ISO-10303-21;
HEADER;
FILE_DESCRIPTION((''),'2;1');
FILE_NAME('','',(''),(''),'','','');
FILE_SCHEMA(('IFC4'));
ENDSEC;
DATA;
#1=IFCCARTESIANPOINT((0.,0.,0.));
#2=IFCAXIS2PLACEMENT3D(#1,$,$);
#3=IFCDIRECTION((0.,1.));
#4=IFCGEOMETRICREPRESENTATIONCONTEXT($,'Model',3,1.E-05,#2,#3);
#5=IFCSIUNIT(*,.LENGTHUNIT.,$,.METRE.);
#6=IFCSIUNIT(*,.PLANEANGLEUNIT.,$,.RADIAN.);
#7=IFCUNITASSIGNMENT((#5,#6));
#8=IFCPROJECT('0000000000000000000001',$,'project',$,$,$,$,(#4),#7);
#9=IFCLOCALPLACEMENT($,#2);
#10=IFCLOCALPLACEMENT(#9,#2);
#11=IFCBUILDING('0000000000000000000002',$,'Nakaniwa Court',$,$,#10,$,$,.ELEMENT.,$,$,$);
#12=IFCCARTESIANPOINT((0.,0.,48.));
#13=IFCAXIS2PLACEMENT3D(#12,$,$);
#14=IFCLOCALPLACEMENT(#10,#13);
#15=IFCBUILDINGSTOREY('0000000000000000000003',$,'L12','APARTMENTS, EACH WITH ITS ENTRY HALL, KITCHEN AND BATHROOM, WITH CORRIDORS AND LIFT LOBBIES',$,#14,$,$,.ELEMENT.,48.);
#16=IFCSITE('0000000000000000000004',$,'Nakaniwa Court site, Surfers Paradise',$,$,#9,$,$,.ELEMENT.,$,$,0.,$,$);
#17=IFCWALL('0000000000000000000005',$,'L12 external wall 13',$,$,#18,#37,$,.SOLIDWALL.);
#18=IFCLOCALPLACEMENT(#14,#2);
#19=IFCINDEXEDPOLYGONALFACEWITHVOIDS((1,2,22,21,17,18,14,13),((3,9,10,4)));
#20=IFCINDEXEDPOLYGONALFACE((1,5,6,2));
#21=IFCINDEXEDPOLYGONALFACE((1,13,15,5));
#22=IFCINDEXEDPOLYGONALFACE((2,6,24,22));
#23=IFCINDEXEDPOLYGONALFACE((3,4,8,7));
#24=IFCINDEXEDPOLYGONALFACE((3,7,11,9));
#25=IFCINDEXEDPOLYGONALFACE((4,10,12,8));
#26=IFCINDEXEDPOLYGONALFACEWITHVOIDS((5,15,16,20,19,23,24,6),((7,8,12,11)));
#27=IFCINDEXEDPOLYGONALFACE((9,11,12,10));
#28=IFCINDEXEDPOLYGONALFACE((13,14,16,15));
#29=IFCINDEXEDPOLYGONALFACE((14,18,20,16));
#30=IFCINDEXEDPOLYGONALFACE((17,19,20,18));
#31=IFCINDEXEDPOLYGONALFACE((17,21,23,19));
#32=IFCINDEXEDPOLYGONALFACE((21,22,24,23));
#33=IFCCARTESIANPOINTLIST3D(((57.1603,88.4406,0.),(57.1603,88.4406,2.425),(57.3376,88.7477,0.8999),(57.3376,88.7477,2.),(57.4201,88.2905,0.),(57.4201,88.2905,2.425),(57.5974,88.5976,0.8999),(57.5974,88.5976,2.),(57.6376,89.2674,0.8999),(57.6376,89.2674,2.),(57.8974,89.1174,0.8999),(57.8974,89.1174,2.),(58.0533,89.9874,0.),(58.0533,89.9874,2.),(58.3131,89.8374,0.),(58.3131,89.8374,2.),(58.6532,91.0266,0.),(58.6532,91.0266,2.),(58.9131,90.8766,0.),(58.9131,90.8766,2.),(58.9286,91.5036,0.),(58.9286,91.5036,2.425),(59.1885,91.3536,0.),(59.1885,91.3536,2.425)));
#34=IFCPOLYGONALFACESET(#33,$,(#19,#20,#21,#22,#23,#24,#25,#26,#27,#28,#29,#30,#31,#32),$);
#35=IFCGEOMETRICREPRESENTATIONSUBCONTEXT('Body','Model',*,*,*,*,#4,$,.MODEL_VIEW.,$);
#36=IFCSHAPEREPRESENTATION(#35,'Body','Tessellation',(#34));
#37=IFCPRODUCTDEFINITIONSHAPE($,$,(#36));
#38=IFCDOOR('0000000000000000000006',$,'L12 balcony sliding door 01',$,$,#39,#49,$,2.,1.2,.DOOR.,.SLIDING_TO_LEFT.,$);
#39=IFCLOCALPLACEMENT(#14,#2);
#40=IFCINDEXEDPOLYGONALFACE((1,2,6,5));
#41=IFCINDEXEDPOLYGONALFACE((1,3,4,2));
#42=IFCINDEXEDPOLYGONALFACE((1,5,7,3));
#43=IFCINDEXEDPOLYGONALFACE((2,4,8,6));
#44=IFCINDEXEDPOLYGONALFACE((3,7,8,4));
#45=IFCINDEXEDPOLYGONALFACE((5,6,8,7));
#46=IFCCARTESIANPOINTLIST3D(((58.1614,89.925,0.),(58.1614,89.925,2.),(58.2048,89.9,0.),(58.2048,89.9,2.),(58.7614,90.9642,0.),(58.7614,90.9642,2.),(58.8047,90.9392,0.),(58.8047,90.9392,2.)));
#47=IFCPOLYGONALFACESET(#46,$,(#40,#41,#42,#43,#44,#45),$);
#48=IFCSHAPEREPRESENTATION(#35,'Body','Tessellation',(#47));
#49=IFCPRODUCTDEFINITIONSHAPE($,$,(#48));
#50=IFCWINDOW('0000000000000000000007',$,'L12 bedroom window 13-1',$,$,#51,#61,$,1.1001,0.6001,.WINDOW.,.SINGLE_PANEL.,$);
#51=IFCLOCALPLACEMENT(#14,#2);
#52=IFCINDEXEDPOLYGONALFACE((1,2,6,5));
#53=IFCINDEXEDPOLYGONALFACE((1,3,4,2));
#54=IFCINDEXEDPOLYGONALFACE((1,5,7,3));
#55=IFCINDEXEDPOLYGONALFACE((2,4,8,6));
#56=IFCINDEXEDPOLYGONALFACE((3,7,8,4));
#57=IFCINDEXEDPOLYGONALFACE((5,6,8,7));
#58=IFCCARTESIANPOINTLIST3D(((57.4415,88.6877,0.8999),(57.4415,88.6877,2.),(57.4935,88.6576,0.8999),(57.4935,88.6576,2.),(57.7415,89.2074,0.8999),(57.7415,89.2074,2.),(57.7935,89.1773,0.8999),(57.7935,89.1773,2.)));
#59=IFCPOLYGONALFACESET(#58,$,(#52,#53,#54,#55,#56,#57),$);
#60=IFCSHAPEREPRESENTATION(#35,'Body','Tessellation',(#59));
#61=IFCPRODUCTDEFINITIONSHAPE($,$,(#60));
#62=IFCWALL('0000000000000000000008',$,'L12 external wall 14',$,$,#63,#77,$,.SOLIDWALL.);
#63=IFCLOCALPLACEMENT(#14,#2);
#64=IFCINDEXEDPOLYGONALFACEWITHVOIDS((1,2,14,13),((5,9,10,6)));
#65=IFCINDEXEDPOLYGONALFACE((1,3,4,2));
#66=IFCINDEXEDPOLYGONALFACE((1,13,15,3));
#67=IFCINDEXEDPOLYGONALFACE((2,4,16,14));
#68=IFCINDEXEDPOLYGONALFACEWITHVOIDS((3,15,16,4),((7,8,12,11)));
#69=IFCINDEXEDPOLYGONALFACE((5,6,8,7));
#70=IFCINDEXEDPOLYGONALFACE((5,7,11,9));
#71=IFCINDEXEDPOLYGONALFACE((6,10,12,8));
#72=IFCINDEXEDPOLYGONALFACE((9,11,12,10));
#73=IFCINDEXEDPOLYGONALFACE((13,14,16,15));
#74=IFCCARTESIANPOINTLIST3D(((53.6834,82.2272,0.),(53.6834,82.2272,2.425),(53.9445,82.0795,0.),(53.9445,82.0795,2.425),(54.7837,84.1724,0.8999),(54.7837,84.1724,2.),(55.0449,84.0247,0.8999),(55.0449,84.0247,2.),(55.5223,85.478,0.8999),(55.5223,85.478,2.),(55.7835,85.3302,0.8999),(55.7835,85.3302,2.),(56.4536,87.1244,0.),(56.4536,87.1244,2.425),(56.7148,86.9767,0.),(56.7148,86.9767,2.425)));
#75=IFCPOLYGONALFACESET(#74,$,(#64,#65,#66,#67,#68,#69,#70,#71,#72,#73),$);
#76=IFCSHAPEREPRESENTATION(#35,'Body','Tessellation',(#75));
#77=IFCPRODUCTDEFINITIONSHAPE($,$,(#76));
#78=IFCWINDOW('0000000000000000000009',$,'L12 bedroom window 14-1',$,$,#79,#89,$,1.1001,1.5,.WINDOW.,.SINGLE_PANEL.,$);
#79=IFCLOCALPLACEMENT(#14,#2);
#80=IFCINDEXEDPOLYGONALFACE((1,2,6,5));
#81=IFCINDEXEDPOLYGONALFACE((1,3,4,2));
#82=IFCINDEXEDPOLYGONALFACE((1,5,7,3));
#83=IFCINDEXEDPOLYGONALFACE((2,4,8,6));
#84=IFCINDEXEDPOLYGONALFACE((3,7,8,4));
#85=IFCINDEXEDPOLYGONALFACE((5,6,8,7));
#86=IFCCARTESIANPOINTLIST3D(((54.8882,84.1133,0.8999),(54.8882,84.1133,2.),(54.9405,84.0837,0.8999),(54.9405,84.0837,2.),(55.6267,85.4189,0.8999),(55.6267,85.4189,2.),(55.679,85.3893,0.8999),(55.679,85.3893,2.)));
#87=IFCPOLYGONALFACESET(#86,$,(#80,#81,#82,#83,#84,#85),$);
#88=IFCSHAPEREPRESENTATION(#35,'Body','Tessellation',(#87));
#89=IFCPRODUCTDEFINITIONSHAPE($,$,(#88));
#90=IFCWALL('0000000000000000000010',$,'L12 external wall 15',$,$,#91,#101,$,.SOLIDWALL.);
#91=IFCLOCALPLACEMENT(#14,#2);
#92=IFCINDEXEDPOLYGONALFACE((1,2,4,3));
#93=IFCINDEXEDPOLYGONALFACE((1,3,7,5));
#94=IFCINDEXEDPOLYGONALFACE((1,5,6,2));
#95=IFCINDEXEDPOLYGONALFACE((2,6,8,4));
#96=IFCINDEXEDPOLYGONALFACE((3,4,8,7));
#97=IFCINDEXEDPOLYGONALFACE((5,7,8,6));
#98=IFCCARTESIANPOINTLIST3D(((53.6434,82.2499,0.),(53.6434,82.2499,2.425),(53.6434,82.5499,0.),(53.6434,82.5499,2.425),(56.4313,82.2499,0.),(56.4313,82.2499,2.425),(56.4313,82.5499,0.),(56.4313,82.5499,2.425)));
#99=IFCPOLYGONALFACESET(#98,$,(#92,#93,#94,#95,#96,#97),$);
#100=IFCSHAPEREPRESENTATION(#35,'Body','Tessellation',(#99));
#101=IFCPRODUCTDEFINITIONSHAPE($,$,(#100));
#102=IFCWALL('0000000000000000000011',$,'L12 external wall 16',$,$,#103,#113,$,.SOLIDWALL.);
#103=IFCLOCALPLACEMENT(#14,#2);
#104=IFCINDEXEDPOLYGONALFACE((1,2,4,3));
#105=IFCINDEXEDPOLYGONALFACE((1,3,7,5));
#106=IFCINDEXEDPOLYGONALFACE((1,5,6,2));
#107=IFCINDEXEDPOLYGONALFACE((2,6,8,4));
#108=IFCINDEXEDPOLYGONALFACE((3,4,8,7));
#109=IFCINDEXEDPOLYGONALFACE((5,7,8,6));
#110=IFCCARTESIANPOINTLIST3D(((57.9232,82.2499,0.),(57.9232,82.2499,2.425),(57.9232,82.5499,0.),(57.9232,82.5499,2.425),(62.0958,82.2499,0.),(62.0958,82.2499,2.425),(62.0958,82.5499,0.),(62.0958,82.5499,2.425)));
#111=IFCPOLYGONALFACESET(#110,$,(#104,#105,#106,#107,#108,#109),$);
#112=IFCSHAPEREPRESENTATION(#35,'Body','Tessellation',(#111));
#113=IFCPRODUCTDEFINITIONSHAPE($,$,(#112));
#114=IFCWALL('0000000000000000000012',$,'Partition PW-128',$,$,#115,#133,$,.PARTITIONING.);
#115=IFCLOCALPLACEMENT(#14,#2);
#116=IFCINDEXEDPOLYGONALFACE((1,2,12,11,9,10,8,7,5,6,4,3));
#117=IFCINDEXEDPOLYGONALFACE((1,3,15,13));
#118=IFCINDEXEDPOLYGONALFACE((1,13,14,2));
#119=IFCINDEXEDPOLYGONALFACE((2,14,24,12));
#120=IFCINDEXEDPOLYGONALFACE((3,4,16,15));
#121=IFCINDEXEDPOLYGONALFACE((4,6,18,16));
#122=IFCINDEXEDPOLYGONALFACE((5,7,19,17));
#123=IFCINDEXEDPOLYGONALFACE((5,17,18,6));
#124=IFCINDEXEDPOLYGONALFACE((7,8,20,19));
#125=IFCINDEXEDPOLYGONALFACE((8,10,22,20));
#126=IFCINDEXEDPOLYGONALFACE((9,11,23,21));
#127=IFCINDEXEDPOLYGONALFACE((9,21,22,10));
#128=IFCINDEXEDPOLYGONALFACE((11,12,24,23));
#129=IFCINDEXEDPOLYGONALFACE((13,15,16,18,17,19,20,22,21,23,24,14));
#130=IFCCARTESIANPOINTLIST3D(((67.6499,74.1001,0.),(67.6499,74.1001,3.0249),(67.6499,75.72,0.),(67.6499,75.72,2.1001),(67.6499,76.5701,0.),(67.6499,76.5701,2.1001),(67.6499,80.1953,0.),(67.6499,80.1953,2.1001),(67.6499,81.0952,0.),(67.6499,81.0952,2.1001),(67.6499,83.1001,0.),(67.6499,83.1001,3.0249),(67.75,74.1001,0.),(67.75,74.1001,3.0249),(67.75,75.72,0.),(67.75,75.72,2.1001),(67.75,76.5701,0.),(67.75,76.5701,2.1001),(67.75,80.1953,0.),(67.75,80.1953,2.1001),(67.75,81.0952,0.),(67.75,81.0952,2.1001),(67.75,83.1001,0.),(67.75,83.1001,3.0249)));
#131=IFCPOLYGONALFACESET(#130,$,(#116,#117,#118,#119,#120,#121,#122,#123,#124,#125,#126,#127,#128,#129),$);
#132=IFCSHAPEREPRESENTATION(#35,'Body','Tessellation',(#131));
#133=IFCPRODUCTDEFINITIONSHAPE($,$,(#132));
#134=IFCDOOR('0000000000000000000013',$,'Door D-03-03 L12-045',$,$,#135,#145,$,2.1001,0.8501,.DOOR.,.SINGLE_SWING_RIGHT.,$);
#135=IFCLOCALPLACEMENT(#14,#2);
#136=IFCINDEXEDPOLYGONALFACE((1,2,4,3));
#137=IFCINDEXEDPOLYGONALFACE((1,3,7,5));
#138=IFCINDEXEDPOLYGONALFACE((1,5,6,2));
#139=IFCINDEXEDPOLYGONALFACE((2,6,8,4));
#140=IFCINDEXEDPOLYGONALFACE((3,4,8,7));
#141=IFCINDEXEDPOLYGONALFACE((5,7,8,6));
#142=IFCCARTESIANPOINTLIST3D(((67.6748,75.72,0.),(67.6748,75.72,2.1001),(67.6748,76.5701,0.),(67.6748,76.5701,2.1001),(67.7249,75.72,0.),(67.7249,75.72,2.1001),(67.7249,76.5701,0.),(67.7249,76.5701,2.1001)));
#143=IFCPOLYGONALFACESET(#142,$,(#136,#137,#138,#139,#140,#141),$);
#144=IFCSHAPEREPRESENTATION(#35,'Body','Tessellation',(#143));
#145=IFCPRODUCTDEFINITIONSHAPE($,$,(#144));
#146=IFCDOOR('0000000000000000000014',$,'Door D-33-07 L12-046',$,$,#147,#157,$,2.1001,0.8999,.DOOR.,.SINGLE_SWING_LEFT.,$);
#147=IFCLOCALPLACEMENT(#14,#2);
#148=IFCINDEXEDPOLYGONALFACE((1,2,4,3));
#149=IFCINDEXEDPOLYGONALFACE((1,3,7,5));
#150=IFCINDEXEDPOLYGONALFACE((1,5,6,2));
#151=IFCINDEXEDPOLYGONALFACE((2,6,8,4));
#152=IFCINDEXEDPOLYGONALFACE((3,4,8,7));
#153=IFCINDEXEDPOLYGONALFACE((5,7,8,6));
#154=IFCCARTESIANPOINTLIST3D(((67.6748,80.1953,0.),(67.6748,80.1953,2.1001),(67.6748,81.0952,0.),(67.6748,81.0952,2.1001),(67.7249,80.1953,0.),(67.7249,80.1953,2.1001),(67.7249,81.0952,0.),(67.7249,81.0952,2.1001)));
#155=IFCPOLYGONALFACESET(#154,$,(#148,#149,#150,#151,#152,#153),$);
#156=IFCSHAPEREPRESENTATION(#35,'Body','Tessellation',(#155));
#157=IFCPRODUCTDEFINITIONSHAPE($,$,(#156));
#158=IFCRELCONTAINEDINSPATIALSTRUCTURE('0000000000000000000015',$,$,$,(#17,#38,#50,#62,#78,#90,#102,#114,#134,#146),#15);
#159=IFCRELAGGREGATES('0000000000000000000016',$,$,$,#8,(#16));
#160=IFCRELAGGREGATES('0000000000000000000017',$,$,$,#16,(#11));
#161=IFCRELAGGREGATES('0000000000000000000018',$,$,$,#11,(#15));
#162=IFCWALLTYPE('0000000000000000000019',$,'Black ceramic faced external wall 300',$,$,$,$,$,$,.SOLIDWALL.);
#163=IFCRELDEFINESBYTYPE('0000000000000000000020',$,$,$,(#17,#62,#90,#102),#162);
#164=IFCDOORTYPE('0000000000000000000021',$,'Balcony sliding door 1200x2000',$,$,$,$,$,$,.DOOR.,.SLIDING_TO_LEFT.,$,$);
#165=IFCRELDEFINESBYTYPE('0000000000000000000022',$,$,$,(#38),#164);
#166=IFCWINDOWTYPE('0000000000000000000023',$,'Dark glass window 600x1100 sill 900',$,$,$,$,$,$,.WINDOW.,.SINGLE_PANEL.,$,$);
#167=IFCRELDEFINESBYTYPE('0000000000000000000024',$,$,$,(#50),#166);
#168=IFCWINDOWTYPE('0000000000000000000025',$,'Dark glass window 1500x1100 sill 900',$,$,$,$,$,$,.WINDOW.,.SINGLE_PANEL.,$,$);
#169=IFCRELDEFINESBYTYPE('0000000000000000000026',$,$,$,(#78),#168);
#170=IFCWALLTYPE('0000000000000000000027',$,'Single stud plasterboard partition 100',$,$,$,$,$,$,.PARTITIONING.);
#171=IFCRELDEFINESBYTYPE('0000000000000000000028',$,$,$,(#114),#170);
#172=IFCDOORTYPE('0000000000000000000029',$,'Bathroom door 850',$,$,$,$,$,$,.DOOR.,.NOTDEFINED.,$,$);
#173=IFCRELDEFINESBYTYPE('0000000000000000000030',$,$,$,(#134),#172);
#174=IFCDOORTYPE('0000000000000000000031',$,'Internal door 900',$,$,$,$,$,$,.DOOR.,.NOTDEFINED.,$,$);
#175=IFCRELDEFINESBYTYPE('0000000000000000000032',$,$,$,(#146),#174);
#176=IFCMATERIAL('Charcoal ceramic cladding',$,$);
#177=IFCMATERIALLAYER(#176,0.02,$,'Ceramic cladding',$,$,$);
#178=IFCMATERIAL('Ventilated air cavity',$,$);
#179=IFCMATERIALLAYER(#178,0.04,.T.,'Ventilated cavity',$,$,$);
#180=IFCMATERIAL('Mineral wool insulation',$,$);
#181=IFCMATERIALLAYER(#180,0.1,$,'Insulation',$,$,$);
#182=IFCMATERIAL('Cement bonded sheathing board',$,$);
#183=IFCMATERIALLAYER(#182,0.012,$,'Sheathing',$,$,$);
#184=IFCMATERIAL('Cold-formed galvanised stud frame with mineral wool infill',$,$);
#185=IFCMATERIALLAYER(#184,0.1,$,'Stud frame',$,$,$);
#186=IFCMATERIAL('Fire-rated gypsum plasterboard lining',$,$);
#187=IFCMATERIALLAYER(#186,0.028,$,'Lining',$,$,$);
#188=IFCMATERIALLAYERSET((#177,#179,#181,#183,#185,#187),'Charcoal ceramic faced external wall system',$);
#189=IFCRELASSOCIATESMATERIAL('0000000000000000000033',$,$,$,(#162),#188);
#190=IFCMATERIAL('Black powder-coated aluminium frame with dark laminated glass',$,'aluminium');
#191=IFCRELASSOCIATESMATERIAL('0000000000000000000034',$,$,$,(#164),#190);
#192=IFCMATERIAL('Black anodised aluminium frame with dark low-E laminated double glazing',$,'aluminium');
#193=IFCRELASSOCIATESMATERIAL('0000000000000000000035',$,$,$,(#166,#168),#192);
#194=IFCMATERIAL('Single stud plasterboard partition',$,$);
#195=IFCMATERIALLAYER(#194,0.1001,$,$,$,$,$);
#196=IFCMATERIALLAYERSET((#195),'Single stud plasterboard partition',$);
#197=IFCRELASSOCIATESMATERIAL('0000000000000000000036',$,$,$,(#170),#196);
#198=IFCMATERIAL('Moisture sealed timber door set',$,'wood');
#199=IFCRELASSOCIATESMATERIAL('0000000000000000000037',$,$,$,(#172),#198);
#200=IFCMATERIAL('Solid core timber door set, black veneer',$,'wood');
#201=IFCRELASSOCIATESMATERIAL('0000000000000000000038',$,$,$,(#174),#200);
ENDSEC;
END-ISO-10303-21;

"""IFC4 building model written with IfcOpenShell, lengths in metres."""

from ifc_helpers import new_model, si_unit, direction, frame, frame_2d, origin, place, context, subcontext, project, spatial, rectangle, extrude, material, layer, layer_set, type_object, element, fill, save


model = new_model("IFC4")

# Units and contexts
model_context = context("Model", 3, precision=1e-05, world=origin(), true_north=direction((0.0, 1.0)))
body_context = subcontext(model_context, "Body", "Model", "MODEL_VIEW")
ifc_project = project(units=[si_unit("LENGTHUNIT", "METRE"), si_unit("PLANEANGLEUNIT", "RADIAN")], contexts=[model_context])

# Site, building, storey
site_placement = place(None, origin())
site = spatial("IfcSite", under=ifc_project, at=site_placement, Name="Nakaniwa Court site, Surfers Paradise", CompositionType="ELEMENT", RefElevation=0.0)
building_placement = place(site_placement, origin())
building = spatial("IfcBuilding", under=site, at=building_placement, Name="Nakaniwa Court", CompositionType="ELEMENT")
storey_placement = place(building_placement, frame((0.0, 0.0, 48.0)))
storey = spatial("IfcBuildingStorey", under=building, at=storey_placement, Name="L12", Description="APARTMENTS, EACH WITH ITS ENTRY HALL, KITCHEN AND BATHROOM, WITH CORRIDORS AND LIFT LOBBIES", CompositionType="ELEMENT", Elevation=48.0)

# Wall, openings, door, window
ifc_material_1 = material(Name="Charcoal ceramic cladding")
ifc_layer_1 = layer(ifc_material_1, 0.02, Name="Ceramic cladding")
ifc_material_2 = material(Name="Ventilated air cavity")
ifc_layer_2 = layer(ifc_material_2, 0.04, ventilated=True, Name="Ventilated cavity")
ifc_material_3 = material(Name="Mineral wool insulation")
ifc_layer_3 = layer(ifc_material_3, 0.1, Name="Insulation")
ifc_material_4 = material(Name="Cement bonded sheathing board")
ifc_layer_4 = layer(ifc_material_4, 0.012, Name="Sheathing")
ifc_material_5 = material(Name="Cold-formed galvanised stud frame with mineral wool infill")
ifc_layer_5 = layer(ifc_material_5, 0.1, Name="Stud frame")
ifc_material_6 = material(Name="Fire-rated gypsum plasterboard lining")
ifc_layer_6 = layer(ifc_material_6, 0.028, Name="Lining")
ifc_layer_set_1 = layer_set([ifc_layer_1, ifc_layer_2, ifc_layer_3, ifc_layer_4, ifc_layer_5, ifc_layer_6], Name="Charcoal ceramic faced external wall system")
wall_type_1 = type_object("IfcWallType", Name="Black ceramic faced external wall 300", PredefinedType="SOLIDWALL", material=ifc_layer_set_1)
wall_1_placement = place(storey_placement, frame((59.0586, 91.4287, 0.0), z_axis=(0.0, 0.0, 1.0), x_axis=(-0.499977, -0.866038, 0.0)))
wall_1 = element("IfcWall", 1, at=wall_1_placement, inside=storey, type_object=wall_type_1, Name="L12 external wall 13", PredefinedType="SOLIDWALL", context=body_context, shape_type="SweptSolid", body=[
    extrude(rectangle(XDim=3.5369, YDim=0.3, at=frame_2d((1.7686, 0.0))), origin(), (0.0, 0.0, 1.0), 2.425),
])
opening_1_placement = place(wall_1_placement, frame((0.5508, 0.0, 0.0)))
opening_1 = element("IfcOpeningElement", 2, at=opening_1_placement, cuts=wall_1, PredefinedType="OPENING", context=body_context, shape_type="SweptSolid", body=[
    extrude(rectangle(XDim=1.2, YDim=2.0, at=frame_2d((0.6001, 1.0))), frame((0.0, 0.1599, 0.0), z_axis=(0.0, -1.0, 0.0), x_axis=(1.0, 0.0, 0.0)), (0.0, 0.0, 1.0), 0.3201),
])
opening_2_placement = place(wall_1_placement, frame((2.5823, 0.0, 0.8999)))
opening_2 = element("IfcOpeningElement", 3, at=opening_2_placement, cuts=wall_1, PredefinedType="OPENING", context=body_context, shape_type="SweptSolid", body=[
    extrude(rectangle(XDim=0.6001, YDim=1.1001, at=frame_2d((0.3, 0.55))), frame((0.0, 0.1599, 0.0), z_axis=(0.0, -1.0, 0.0), x_axis=(1.0, 0.0, 0.0)), (0.0, 0.0, 1.0), 0.3201),
])
ifc_material_7 = material(Name="Black powder-coated aluminium frame with dark laminated glass", Category="aluminium")
door_type_1 = type_object("IfcDoorType", Name="Balcony sliding door 1200x2000", OperationType="SLIDING_TO_LEFT", PredefinedType="DOOR", material=ifc_material_7)
door_1_placement = place(opening_1_placement, origin())
door_1 = element("IfcDoor", 4, at=door_1_placement, inside=storey, type_object=door_type_1, Name="L12 balcony sliding door 01", OperationType="SLIDING_TO_LEFT", OverallHeight=2.0, OverallWidth=1.2, PredefinedType="DOOR", context=body_context, shape_type="SweptSolid", body=[
    extrude(rectangle(XDim=1.2, YDim=2.0, at=frame_2d((0.6001, 1.0))), frame((0.0, 0.0249, 0.0), z_axis=(0.0, -1.0, 0.0), x_axis=(1.0, 0.0, 0.0)), (0.0, 0.0, 1.0), 0.05),
])
fill(opening_1, door_1)
ifc_material_8 = material(Name="Black anodised aluminium frame with dark low-E laminated double glazing", Category="aluminium")
window_type_1 = type_object("IfcWindowType", Name="Dark glass window 600x1100 sill 900", PartitioningType="SINGLE_PANEL", PredefinedType="WINDOW", material=ifc_material_8)
window_1_placement = place(opening_2_placement, origin())
window_1 = element("IfcWindow", 5, at=window_1_placement, inside=storey, type_object=window_type_1, Name="L12 bedroom window 13-1", OverallHeight=1.1001, OverallWidth=0.6001, PartitioningType="SINGLE_PANEL", PredefinedType="WINDOW", context=body_context, shape_type="SweptSolid", body=[
    extrude(rectangle(XDim=0.6001, YDim=1.1001, at=frame_2d((0.3, 0.55))), frame((0.0, 0.03, 0.0), z_axis=(0.0, -1.0, 0.0), x_axis=(1.0, 0.0, 0.0)), (0.0, 0.0, 1.0), 0.0601),
])
fill(opening_2, window_1)

# Wall, opening, window
wall_2_placement = place(storey_placement, frame((56.5842, 87.0505, 0.0), z_axis=(0.0, 0.0, 1.0), x_axis=(-0.492363, -0.87039, 0.0)))
wall_2 = element("IfcWall", 6, at=wall_2_placement, inside=storey, type_object=wall_type_1, Name="L12 external wall 14", PredefinedType="SOLIDWALL", context=body_context, shape_type="SweptSolid", body=[
    extrude(rectangle(XDim=5.6265, YDim=0.3, at=frame_2d((2.8132, 0.0))), origin(), (0.0, 0.0, 1.0), 2.425),
])
opening_3_placement = place(wall_2_placement, frame((1.8916, 0.0, 0.8999)))
opening_3 = element("IfcOpeningElement", 7, at=opening_3_placement, cuts=wall_2, PredefinedType="OPENING", context=body_context, shape_type="SweptSolid", body=[
    extrude(rectangle(XDim=1.5, YDim=1.1001, at=frame_2d((0.75, 0.55))), frame((0.0, 0.1599, 0.0), z_axis=(0.0, -1.0, 0.0), x_axis=(1.0, 0.0, 0.0)), (0.0, 0.0, 1.0), 0.3201),
])
window_type_2 = type_object("IfcWindowType", Name="Dark glass window 1500x1100 sill 900", PartitioningType="SINGLE_PANEL", PredefinedType="WINDOW", material=ifc_material_8)
window_2_placement = place(opening_3_placement, origin())
window_2 = element("IfcWindow", 8, at=window_2_placement, inside=storey, type_object=window_type_2, Name="L12 bedroom window 14-1", OverallHeight=1.1001, OverallWidth=1.5, PartitioningType="SINGLE_PANEL", PredefinedType="WINDOW", context=body_context, shape_type="SweptSolid", body=[
    extrude(rectangle(XDim=1.5, YDim=1.1001, at=frame_2d((0.75, 0.55))), frame((0.0, 0.03, 0.0), z_axis=(0.0, -1.0, 0.0), x_axis=(1.0, 0.0, 0.0)), (0.0, 0.0, 1.0), 0.0601),
])
fill(opening_3, window_2)

# Walls
wall_3_placement = place(storey_placement, frame((53.6433, 82.3999, 0.0), z_axis=(0.0, 0.0, 1.0), x_axis=(1.0, 0.0, 0.0)))
element("IfcWall", 9, at=wall_3_placement, inside=storey, type_object=wall_type_1, Name="L12 external wall 15", PredefinedType="SOLIDWALL", context=body_context, shape_type="SweptSolid", body=[
    extrude(rectangle(XDim=2.7878, YDim=0.3, at=frame_2d((1.394, 0.0))), origin(), (0.0, 0.0, 1.0), 2.425),
])
wall_4_placement = place(storey_placement, frame((57.9231, 82.3999, 0.0), z_axis=(0.0, 0.0, 1.0), x_axis=(1.0, 0.0, 0.0)))
element("IfcWall", 10, at=wall_4_placement, inside=storey, type_object=wall_type_1, Name="L12 external wall 16", PredefinedType="SOLIDWALL", context=body_context, shape_type="SweptSolid", body=[
    extrude(rectangle(XDim=4.1726, YDim=0.3, at=frame_2d((2.0864, 0.0))), origin(), (0.0, 0.0, 1.0), 2.425),
])

# Wall, openings, doors
ifc_material_9 = material(Name="Single stud plasterboard partition")
ifc_layer_7 = layer(ifc_material_9, 0.1001)
ifc_layer_set_2 = layer_set([ifc_layer_7], Name="Single stud plasterboard partition")
wall_type_2 = type_object("IfcWallType", Name="Single stud plasterboard partition 100", PredefinedType="PARTITIONING", material=ifc_layer_set_2)
wall_5_placement = place(storey_placement, frame((67.7, 83.1001, 0.0), z_axis=(0.0, 0.0, 1.0), x_axis=(0.0, -1.0, 0.0)))
wall_5 = element("IfcWall", 11, at=wall_5_placement, inside=storey, type_object=wall_type_2, Name="Partition PW-128", PredefinedType="PARTITIONING", context=body_context, shape_type="SweptSolid", body=[
    extrude(rectangle(XDim=9.0, YDim=0.1001, at=frame_2d((4.5, 0.0))), origin(), (0.0, 0.0, 1.0), 3.0249),
])
opening_4_placement = place(wall_5_placement, frame((6.53, 0.0, 0.0)))
opening_4 = element("IfcOpeningElement", 12, at=opening_4_placement, cuts=wall_5, PredefinedType="OPENING", context=body_context, shape_type="SweptSolid", body=[
    extrude(rectangle(XDim=0.8501, YDim=2.1001, at=frame_2d((0.425, 1.05))), frame((0.0, 0.0601, 0.0), z_axis=(0.0, -1.0, 0.0), x_axis=(1.0, 0.0, 0.0)), (0.0, 0.0, 1.0), 0.1201),
])
opening_5_placement = place(wall_5_placement, frame((2.0049, 0.0, 0.0)))
opening_5 = element("IfcOpeningElement", 13, at=opening_5_placement, cuts=wall_5, PredefinedType="OPENING", context=body_context, shape_type="SweptSolid", body=[
    extrude(rectangle(XDim=0.8999, YDim=2.1001, at=frame_2d((0.45, 1.05))), frame((0.0, 0.0601, 0.0), z_axis=(0.0, -1.0, 0.0), x_axis=(1.0, 0.0, 0.0)), (0.0, 0.0, 1.0), 0.1201),
])
ifc_material_10 = material(Name="Moisture sealed timber door set", Category="wood")
door_type_2 = type_object("IfcDoorType", Name="Bathroom door 850", OperationType="NOTDEFINED", PredefinedType="DOOR", material=ifc_material_10)
door_2_placement = place(opening_4_placement, origin())
door_2 = element("IfcDoor", 14, at=door_2_placement, inside=storey, type_object=door_type_2, Name="Door D-03-03 L12-045", OperationType="SINGLE_SWING_RIGHT", OverallHeight=2.1001, OverallWidth=0.8501, PredefinedType="DOOR", context=body_context, shape_type="SweptSolid", body=[
    extrude(rectangle(XDim=0.8501, YDim=2.1001, at=frame_2d((0.425, 1.05))), frame((0.0, 0.0249, 0.0), z_axis=(0.0, -1.0, 0.0), x_axis=(1.0, 0.0, 0.0)), (0.0, 0.0, 1.0), 0.05),
])
fill(opening_4, door_2)
ifc_material_11 = material(Name="Solid core timber door set, black veneer", Category="wood")
door_type_3 = type_object("IfcDoorType", Name="Internal door 900", OperationType="NOTDEFINED", PredefinedType="DOOR", material=ifc_material_11)
door_3_placement = place(opening_5_placement, origin())
door_3 = element("IfcDoor", 15, at=door_3_placement, inside=storey, type_object=door_type_3, Name="Door D-33-07 L12-046", OperationType="SINGLE_SWING_LEFT", OverallHeight=2.1001, OverallWidth=0.8999, PredefinedType="DOOR", context=body_context, shape_type="SweptSolid", body=[
    extrude(rectangle(XDim=0.8999, YDim=2.1001, at=frame_2d((0.45, 1.05))), frame((0.0, 0.0249, 0.0), z_axis=(0.0, -1.0, 0.0), x_axis=(1.0, 0.0, 0.0)), (0.0, 0.0, 1.0), 0.05),
])
fill(opening_5, door_3)

save(model, "model.ifc")
